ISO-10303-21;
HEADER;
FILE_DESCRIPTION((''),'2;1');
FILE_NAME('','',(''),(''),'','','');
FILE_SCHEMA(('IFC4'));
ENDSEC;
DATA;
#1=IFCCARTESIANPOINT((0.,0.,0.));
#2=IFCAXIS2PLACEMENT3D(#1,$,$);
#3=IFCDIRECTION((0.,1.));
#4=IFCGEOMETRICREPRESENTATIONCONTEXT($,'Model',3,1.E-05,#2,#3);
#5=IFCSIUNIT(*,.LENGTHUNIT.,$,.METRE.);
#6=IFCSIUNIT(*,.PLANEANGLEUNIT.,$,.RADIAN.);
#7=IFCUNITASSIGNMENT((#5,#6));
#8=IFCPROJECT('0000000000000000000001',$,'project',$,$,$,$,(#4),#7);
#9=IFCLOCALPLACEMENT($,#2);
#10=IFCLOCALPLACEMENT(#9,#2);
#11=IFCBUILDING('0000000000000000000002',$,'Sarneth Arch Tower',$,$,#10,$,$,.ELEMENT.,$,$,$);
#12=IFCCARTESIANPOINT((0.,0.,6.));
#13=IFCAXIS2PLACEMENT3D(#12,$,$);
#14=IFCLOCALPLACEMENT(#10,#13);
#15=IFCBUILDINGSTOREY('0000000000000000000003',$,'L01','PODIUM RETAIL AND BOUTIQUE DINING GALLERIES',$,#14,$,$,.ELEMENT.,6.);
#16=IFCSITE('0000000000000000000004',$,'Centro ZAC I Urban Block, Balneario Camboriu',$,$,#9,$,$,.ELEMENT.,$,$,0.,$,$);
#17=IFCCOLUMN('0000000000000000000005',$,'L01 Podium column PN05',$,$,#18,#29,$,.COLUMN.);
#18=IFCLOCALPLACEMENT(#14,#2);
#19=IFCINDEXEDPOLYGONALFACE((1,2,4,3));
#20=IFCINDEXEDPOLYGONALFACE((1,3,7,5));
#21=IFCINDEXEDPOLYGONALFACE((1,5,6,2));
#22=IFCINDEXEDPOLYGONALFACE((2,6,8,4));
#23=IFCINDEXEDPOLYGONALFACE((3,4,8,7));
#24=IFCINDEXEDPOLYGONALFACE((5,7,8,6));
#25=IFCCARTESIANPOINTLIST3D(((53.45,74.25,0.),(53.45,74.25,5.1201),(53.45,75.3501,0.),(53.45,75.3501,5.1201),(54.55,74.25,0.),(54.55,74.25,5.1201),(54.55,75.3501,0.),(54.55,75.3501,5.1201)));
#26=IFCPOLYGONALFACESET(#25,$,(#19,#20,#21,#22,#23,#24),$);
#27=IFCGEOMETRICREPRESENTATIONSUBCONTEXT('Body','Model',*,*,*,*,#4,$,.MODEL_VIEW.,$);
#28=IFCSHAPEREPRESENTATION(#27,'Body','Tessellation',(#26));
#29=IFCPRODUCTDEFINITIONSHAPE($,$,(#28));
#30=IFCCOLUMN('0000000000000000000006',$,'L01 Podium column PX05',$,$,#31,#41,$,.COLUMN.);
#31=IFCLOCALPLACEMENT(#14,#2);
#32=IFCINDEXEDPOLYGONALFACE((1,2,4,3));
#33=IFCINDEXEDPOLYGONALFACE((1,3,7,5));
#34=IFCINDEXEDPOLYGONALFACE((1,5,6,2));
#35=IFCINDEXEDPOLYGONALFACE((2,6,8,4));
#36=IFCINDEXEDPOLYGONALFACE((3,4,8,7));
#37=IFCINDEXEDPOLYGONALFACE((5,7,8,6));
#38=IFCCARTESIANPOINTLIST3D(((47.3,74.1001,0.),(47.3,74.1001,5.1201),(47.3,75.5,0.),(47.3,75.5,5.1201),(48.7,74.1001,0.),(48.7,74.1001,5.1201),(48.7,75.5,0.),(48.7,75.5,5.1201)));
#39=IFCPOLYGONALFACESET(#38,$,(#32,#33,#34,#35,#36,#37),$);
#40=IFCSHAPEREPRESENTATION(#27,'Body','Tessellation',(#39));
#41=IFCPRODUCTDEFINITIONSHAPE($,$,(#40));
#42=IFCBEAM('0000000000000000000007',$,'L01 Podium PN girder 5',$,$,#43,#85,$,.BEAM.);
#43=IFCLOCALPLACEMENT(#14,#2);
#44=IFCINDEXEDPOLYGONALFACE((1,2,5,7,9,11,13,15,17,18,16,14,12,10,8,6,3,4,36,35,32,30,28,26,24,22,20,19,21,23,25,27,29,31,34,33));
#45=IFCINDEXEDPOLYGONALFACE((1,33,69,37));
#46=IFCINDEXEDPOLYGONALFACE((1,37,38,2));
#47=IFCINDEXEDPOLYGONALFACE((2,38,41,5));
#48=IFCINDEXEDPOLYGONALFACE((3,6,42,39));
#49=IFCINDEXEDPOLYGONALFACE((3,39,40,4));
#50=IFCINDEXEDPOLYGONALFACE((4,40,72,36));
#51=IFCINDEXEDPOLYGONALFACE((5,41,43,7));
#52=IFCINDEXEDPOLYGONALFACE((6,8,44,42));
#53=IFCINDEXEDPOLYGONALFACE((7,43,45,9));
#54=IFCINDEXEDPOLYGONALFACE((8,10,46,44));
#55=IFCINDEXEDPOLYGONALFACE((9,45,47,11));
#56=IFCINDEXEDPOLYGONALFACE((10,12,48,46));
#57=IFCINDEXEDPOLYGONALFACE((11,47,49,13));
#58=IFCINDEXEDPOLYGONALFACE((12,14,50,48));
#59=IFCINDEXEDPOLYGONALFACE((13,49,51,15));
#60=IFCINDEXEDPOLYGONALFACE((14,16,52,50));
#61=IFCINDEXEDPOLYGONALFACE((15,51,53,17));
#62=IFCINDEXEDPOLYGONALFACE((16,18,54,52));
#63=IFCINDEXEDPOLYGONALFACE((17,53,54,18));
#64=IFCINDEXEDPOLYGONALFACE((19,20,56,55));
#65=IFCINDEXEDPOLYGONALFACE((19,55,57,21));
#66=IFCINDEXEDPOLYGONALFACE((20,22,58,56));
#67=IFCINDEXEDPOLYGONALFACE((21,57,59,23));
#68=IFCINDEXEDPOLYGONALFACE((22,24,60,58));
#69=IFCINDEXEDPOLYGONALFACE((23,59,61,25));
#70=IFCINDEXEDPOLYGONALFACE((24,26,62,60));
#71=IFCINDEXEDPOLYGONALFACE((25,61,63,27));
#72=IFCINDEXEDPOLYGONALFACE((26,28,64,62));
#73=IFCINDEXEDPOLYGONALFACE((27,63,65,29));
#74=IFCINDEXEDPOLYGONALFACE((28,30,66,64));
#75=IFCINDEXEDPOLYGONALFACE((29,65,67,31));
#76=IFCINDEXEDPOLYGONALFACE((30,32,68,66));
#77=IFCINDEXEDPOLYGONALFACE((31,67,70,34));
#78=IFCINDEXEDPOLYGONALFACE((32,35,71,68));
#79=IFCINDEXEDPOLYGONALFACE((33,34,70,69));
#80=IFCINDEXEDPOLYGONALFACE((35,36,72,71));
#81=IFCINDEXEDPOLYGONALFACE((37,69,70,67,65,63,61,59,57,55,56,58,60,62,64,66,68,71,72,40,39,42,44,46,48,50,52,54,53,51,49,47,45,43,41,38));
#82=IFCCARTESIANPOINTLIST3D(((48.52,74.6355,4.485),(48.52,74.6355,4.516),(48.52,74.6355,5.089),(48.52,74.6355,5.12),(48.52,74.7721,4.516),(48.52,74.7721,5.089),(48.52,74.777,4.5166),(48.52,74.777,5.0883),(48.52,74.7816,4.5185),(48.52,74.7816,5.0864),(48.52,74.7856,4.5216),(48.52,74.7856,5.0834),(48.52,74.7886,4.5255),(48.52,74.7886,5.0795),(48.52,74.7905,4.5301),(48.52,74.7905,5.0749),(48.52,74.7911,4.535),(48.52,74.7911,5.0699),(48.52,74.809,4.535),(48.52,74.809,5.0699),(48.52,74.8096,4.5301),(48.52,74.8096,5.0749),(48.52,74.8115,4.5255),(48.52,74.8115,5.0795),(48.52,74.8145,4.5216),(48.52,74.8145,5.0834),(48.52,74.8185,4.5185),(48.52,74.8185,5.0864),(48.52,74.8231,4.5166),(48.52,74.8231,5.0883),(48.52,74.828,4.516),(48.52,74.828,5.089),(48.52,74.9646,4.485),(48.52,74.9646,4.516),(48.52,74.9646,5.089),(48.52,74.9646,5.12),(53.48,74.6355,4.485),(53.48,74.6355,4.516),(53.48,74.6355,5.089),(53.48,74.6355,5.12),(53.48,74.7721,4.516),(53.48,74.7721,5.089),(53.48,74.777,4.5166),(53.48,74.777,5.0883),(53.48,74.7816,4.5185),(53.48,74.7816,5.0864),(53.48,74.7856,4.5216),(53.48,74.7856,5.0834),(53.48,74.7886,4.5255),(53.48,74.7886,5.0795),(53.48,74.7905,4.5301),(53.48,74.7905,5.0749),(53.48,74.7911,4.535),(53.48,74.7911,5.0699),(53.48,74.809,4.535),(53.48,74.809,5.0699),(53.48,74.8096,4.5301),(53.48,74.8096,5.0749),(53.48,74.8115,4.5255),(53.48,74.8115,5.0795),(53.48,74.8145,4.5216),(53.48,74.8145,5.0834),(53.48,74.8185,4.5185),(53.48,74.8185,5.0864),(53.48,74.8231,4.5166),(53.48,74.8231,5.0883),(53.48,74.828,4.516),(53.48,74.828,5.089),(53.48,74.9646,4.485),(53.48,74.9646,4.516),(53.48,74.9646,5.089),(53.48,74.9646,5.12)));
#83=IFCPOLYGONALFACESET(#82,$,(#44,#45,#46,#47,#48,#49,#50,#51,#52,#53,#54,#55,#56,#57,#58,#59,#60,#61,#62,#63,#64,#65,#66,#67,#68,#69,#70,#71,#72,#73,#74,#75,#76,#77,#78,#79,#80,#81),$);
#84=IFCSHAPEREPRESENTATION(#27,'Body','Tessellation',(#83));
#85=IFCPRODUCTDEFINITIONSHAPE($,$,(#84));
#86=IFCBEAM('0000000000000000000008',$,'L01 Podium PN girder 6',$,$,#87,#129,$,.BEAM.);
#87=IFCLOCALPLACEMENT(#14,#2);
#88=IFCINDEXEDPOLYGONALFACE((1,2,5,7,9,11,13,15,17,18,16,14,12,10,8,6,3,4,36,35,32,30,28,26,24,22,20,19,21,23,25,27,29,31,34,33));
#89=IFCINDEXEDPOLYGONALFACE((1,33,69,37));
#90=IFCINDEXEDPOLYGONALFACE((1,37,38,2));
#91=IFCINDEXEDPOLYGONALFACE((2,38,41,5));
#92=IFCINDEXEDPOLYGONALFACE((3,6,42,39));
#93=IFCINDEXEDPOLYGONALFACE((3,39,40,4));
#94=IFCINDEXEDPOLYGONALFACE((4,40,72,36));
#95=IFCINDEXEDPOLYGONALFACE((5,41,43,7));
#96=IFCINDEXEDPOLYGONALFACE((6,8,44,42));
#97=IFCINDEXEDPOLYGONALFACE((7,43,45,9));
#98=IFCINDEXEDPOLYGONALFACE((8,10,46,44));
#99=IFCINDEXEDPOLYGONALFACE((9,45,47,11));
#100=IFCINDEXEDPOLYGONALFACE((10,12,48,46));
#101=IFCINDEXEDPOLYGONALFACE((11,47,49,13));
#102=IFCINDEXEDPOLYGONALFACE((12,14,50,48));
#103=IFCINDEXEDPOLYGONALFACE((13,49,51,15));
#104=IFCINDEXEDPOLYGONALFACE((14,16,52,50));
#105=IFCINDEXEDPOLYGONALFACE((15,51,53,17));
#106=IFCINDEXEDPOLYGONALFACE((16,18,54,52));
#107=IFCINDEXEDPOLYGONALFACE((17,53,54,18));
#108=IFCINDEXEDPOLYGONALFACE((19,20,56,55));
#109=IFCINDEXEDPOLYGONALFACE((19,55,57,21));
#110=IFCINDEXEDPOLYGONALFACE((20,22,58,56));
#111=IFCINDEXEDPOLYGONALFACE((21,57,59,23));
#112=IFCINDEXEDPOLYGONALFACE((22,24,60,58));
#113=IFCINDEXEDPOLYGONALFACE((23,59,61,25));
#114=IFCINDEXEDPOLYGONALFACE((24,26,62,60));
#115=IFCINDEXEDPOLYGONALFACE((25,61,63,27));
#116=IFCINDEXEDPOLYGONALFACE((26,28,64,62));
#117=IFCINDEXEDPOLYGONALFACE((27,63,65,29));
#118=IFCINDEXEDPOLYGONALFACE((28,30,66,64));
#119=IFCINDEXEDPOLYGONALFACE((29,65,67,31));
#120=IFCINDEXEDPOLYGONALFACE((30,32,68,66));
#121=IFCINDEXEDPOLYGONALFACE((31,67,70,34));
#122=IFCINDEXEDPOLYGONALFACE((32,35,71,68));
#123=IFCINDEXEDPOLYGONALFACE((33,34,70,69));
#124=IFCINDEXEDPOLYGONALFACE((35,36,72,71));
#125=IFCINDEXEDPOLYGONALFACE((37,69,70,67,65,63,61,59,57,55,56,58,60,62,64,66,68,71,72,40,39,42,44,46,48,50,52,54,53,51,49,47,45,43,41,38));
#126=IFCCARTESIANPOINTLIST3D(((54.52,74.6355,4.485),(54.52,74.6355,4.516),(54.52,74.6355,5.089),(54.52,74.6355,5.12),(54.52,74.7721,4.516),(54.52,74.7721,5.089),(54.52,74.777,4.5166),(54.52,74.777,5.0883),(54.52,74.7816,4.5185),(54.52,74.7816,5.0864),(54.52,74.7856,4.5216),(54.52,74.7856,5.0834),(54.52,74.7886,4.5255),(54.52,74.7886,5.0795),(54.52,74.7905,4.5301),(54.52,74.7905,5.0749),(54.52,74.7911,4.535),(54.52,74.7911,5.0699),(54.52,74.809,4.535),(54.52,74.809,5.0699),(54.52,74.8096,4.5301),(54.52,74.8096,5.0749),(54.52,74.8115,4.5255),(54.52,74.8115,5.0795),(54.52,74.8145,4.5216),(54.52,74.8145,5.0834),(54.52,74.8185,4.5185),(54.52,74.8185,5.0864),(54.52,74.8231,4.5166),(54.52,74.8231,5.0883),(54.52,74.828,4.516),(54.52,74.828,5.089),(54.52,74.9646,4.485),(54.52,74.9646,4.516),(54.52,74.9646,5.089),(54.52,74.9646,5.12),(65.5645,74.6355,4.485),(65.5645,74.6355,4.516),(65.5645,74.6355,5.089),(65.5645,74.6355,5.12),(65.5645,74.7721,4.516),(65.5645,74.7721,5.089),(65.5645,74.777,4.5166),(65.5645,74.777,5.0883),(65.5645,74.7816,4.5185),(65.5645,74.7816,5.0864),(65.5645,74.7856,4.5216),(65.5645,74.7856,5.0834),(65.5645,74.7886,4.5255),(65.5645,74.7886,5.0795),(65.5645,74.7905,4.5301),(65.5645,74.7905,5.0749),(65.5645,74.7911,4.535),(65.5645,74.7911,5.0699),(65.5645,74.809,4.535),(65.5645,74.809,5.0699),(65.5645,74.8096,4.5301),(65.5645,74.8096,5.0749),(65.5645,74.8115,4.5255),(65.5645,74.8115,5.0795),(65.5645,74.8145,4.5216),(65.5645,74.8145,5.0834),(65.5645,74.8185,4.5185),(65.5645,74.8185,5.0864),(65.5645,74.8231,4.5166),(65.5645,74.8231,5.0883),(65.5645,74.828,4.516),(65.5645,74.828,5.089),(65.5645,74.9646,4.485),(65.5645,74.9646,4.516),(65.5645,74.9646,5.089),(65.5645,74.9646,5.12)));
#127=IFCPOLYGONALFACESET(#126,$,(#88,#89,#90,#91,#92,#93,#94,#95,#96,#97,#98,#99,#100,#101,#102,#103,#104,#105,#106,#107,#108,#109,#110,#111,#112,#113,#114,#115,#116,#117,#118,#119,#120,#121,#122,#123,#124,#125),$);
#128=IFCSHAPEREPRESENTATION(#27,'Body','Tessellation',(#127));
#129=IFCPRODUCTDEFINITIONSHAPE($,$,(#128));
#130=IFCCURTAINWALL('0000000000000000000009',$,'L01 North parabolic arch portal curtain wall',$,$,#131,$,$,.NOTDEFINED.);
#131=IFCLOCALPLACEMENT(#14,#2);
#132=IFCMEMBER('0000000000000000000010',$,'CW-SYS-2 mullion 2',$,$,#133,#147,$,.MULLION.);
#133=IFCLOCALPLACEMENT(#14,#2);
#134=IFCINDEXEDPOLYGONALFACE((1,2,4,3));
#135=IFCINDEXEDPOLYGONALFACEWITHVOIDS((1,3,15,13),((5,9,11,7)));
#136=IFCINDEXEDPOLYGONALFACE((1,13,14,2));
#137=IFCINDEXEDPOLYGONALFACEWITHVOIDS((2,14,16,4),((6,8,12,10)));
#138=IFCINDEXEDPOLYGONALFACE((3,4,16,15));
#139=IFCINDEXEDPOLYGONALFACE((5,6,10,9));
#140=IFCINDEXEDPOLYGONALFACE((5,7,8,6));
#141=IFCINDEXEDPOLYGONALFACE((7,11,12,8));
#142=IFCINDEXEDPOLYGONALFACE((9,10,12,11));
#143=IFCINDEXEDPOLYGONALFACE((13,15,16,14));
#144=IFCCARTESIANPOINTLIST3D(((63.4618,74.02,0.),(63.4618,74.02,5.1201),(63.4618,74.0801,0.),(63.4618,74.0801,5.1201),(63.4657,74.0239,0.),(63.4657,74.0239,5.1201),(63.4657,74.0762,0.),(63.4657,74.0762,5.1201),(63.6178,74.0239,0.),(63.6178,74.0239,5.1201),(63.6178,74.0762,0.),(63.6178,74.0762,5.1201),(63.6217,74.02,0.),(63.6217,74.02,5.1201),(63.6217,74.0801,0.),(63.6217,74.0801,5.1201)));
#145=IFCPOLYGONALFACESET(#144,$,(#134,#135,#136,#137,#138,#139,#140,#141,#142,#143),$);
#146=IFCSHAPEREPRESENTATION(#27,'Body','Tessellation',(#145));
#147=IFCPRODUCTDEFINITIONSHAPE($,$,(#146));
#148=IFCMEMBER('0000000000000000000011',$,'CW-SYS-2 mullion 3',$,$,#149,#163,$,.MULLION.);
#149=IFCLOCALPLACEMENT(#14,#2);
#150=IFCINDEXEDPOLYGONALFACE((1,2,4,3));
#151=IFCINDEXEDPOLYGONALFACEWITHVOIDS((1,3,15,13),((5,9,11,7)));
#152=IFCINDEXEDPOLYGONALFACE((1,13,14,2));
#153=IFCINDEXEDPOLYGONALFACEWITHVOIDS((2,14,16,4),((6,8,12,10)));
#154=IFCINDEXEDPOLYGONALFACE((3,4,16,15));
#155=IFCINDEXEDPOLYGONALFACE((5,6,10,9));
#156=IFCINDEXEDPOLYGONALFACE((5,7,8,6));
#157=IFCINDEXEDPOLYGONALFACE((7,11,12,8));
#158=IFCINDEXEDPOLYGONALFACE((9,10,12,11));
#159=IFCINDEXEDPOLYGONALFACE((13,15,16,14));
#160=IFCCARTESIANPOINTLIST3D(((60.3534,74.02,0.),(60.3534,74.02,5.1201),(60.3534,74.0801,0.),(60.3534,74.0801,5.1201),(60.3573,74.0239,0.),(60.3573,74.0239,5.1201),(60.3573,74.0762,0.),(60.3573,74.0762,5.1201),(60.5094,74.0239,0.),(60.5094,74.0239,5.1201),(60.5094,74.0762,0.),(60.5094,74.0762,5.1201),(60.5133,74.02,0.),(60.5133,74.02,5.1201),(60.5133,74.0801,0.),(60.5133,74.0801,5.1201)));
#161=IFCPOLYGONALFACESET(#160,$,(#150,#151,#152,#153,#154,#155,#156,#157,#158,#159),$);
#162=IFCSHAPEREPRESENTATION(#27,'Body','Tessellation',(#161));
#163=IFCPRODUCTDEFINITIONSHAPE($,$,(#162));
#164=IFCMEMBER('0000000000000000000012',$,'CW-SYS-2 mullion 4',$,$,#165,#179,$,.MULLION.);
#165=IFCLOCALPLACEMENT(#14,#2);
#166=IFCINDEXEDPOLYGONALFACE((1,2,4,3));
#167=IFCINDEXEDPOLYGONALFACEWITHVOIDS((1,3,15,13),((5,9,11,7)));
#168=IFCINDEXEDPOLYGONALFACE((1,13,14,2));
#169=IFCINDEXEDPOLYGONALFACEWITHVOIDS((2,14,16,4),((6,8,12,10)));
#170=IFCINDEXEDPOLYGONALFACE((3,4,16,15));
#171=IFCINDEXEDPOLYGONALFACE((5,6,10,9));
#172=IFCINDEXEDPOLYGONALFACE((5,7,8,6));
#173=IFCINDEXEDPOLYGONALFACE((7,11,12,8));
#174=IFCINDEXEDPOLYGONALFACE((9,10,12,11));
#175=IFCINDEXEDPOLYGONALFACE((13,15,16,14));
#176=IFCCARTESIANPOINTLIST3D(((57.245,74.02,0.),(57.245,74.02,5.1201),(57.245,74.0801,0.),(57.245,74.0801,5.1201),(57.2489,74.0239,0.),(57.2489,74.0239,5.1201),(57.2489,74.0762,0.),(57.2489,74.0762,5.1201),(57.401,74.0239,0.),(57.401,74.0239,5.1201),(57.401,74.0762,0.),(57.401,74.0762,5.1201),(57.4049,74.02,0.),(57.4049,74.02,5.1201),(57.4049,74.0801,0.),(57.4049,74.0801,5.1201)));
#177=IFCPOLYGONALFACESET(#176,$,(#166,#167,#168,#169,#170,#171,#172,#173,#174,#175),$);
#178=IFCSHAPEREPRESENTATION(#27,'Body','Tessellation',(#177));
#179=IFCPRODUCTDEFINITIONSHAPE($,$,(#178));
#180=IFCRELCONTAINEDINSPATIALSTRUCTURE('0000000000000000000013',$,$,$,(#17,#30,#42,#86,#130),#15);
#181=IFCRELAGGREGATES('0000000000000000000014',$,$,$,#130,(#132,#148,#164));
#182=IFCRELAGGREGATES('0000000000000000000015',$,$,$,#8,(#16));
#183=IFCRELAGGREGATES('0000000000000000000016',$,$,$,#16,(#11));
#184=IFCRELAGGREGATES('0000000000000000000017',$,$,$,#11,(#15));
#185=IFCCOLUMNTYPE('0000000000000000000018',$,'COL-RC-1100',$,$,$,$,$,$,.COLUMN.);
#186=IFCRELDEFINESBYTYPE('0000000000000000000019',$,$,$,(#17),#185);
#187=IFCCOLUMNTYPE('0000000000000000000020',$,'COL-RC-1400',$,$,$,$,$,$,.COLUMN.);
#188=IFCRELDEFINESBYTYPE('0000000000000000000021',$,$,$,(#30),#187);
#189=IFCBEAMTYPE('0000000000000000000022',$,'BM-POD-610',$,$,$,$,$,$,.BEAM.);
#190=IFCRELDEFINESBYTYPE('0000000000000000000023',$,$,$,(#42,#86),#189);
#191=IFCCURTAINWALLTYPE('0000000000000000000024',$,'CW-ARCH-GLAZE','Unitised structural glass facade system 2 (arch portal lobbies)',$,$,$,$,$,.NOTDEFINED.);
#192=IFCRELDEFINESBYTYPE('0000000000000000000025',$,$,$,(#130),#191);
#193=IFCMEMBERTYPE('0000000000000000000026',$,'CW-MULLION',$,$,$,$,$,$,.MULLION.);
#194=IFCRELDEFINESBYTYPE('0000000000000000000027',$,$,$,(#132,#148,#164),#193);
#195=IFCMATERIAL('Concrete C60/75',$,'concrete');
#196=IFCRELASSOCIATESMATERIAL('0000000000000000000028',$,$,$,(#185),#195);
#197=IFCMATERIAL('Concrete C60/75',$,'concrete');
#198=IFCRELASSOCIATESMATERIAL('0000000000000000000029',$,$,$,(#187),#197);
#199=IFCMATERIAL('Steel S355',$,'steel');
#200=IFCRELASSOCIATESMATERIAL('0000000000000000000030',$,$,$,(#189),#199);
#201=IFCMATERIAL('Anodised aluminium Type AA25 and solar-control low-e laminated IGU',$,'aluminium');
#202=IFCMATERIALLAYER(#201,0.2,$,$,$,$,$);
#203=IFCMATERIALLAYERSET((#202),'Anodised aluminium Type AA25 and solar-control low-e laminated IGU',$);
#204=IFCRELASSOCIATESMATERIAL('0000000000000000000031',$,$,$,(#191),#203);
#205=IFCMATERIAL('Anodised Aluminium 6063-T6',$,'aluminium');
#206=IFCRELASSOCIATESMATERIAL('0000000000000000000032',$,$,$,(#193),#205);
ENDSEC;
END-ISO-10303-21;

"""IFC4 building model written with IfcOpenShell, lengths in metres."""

from ifc_helpers import new_model, si_unit, direction, frame, origin, origin_2d, place, context, subcontext, project, spatial, rectangle, hollow_rectangle, i_section, extrude, material, layer, layer_set, material_profile, profile_set, type_object, element, aggregate, save


model = new_model("IFC4")

# Units and contexts
model_context = context("Model", 3, precision=1e-05, world=origin(), true_north=direction((0.0, 1.0)))
body_context = subcontext(model_context, "Body", "Model", "MODEL_VIEW")
ifc_project = project(units=[si_unit("LENGTHUNIT", "METRE"), si_unit("PLANEANGLEUNIT", "RADIAN")], contexts=[model_context])

# Site, building, storey
site_placement = place(None, origin())
site = spatial("IfcSite", under=ifc_project, at=site_placement, Name="Centro ZAC I Urban Block, Balneario Camboriu", CompositionType="ELEMENT", RefElevation=0.0)
building_placement = place(site_placement, origin())
building = spatial("IfcBuilding", under=site, at=building_placement, Name="Sarneth Arch Tower", CompositionType="ELEMENT")
storey_placement = place(building_placement, frame((0.0, 0.0, 6.0)))
storey = spatial("IfcBuildingStorey", under=building, at=storey_placement, Name="L01", Description="PODIUM RETAIL AND BOUTIQUE DINING GALLERIES", CompositionType="ELEMENT", Elevation=6.0)

# Columns
ifc_material_1 = material(Name="Concrete C60/75", Category="concrete")
ifc_material_profile_1 = material_profile(ifc_material_1, rectangle(XDim=1.1001, YDim=1.1001, at=origin_2d()), Name="RC-1100x1100")
ifc_profile_set_1 = profile_set([ifc_material_profile_1], Name="Concrete C60/75")
column_type_1 = type_object("IfcColumnType", Name="COL-RC-1100", PredefinedType="COLUMN", material=ifc_profile_set_1)
column_1_placement = place(storey_placement, frame((54.0, 74.8, 0.0), z_axis=(0.0, 0.0, 1.0), x_axis=(1.0, 0.0, 0.0)))
element("IfcColumn", 1, at=column_1_placement, inside=storey, type_object=column_type_1, Name="L01 Podium column PN05", PredefinedType="COLUMN", context=body_context, shape_type="SweptSolid", body=[
    extrude(rectangle(XDim=1.1001, YDim=1.1001, at=origin_2d()), origin(), (0.0, 0.0, 1.0), 5.1201),
])
ifc_material_2 = material(Name="Concrete C60/75", Category="concrete")
ifc_material_profile_2 = material_profile(ifc_material_2, rectangle(XDim=1.3999, YDim=1.3999, at=origin_2d()), Name="RC-1400x1400")
ifc_profile_set_2 = profile_set([ifc_material_profile_2], Name="Concrete C60/75")
column_type_2 = type_object("IfcColumnType", Name="COL-RC-1400", PredefinedType="COLUMN", material=ifc_profile_set_2)
column_2_placement = place(storey_placement, frame((48.0, 74.8, 0.0), z_axis=(0.0, 0.0, 1.0), x_axis=(1.0, 0.0, 0.0)))
element("IfcColumn", 2, at=column_2_placement, inside=storey, type_object=column_type_2, Name="L01 Podium column PX05", PredefinedType="COLUMN", context=body_context, shape_type="SweptSolid", body=[
    extrude(rectangle(XDim=1.3999, YDim=1.3999, at=origin_2d()), origin(), (0.0, 0.0, 1.0), 5.1201),
])

# Beams
ifc_material_3 = material(Name="Steel S355", Category="steel")
ifc_material_profile_3 = material_profile(ifc_material_3, i_section(OverallWidth=0.3291, OverallDepth=0.635, WebThickness=0.0178, FlangeThickness=0.031, FilletRadius=0.019, at=origin_2d()), Name="W610x241")
ifc_profile_set_3 = profile_set([ifc_material_profile_3], Name="Steel S355")
beam_type = type_object("IfcBeamType", Name="BM-POD-610", PredefinedType="BEAM", material=ifc_profile_set_3)
beam_1_placement = place(storey_placement, frame((48.52, 74.8, 4.8025), z_axis=(1.0, 0.0, 0.0), x_axis=(0.0, 1.0, 0.0)))
element("IfcBeam", 3, at=beam_1_placement, inside=storey, type_object=beam_type, Name="L01 Podium PN girder 5", PredefinedType="BEAM", context=body_context, shape_type="SweptSolid", body=[
    extrude(i_section(OverallWidth=0.3291, OverallDepth=0.635, WebThickness=0.0178, FlangeThickness=0.031, FilletRadius=0.019, at=origin_2d()), origin(), (0.0, 0.0, 1.0), 4.96),
])
beam_2_placement = place(storey_placement, frame((54.52, 74.8, 4.8025), z_axis=(1.0, 0.0, 0.0), x_axis=(0.0, 1.0, 0.0)))
element("IfcBeam", 4, at=beam_2_placement, inside=storey, type_object=beam_type, Name="L01 Podium PN girder 6", PredefinedType="BEAM", context=body_context, shape_type="SweptSolid", body=[
    extrude(i_section(OverallWidth=0.3291, OverallDepth=0.635, WebThickness=0.0178, FlangeThickness=0.031, FilletRadius=0.019, at=origin_2d()), origin(), (0.0, 0.0, 1.0), 11.0444),
])

# Curtain wall, members
ifc_material_4 = material(Name="Anodised aluminium Type AA25 and solar-control low-e laminated IGU", Category="aluminium")
ifc_layer_1 = layer(ifc_material_4, 0.2)
ifc_layer_set_1 = layer_set([ifc_layer_1], Name="Anodised aluminium Type AA25 and solar-control low-e laminated IGU")
curtain_wall_type = type_object("IfcCurtainWallType", Name="CW-ARCH-GLAZE", Description="Unitised structural glass facade system 2 (arch portal lobbies)", PredefinedType="NOTDEFINED", material=ifc_layer_set_1)
curtain_wall_placement = place(storey_placement, origin())
curtain_wall = element("IfcCurtainWall", 5, at=curtain_wall_placement, inside=storey, type_object=curtain_wall_type, Name="L01 North parabolic arch portal curtain wall", PredefinedType="NOTDEFINED")
ifc_material_5 = material(Name="Anodised Aluminium 6063-T6", Category="aluminium")
ifc_material_profile_4 = material_profile(ifc_material_5, hollow_rectangle(XDim=0.0601, YDim=0.1599, WallThickness=0.0039, at=origin_2d()), Name="AL-MULL-160x60x4")
ifc_profile_set_4 = profile_set([ifc_material_profile_4], Name="Anodised Aluminium 6063-T6")
member_type_1 = type_object("IfcMemberType", Name="CW-MULLION", PredefinedType="MULLION", material=ifc_profile_set_4)
member_1_placement = place(storey_placement, frame((63.5417, 74.05, 0.0), z_axis=(0.0, 0.0, 1.0), x_axis=(0.0, -1.0, 0.0)))
member_1 = element("IfcMember", 6, at=member_1_placement, type_object=member_type_1, Name="CW-SYS-2 mullion 2", PredefinedType="MULLION", context=body_context, shape_type="SweptSolid", body=[
    extrude(hollow_rectangle(XDim=0.0601, YDim=0.1599, WallThickness=0.0039, at=origin_2d()), origin(), (0.0, 0.0, 1.0), 5.1201),
])
member_2_placement = place(storey_placement, frame((60.4333, 74.05, 0.0), z_axis=(0.0, 0.0, 1.0), x_axis=(0.0, -1.0, 0.0)))
member_2 = element("IfcMember", 7, at=member_2_placement, type_object=member_type_1, Name="CW-SYS-2 mullion 3", PredefinedType="MULLION", context=body_context, shape_type="SweptSolid", body=[
    extrude(hollow_rectangle(XDim=0.0601, YDim=0.1599, WallThickness=0.0039, at=origin_2d()), origin(), (0.0, 0.0, 1.0), 5.1201),
])
member_3_placement = place(storey_placement, frame((57.325, 74.05, 0.0), z_axis=(0.0, 0.0, 1.0), x_axis=(0.0, -1.0, 0.0)))
member_3 = element("IfcMember", 8, at=member_3_placement, type_object=member_type_1, Name="CW-SYS-2 mullion 4", PredefinedType="MULLION", context=body_context, shape_type="SweptSolid", body=[
    extrude(hollow_rectangle(XDim=0.0601, YDim=0.1599, WallThickness=0.0039, at=origin_2d()), origin(), (0.0, 0.0, 1.0), 5.1201),
])

aggregate(curtain_wall, [member_1, member_2, member_3])

save(model, "model.ifc")
